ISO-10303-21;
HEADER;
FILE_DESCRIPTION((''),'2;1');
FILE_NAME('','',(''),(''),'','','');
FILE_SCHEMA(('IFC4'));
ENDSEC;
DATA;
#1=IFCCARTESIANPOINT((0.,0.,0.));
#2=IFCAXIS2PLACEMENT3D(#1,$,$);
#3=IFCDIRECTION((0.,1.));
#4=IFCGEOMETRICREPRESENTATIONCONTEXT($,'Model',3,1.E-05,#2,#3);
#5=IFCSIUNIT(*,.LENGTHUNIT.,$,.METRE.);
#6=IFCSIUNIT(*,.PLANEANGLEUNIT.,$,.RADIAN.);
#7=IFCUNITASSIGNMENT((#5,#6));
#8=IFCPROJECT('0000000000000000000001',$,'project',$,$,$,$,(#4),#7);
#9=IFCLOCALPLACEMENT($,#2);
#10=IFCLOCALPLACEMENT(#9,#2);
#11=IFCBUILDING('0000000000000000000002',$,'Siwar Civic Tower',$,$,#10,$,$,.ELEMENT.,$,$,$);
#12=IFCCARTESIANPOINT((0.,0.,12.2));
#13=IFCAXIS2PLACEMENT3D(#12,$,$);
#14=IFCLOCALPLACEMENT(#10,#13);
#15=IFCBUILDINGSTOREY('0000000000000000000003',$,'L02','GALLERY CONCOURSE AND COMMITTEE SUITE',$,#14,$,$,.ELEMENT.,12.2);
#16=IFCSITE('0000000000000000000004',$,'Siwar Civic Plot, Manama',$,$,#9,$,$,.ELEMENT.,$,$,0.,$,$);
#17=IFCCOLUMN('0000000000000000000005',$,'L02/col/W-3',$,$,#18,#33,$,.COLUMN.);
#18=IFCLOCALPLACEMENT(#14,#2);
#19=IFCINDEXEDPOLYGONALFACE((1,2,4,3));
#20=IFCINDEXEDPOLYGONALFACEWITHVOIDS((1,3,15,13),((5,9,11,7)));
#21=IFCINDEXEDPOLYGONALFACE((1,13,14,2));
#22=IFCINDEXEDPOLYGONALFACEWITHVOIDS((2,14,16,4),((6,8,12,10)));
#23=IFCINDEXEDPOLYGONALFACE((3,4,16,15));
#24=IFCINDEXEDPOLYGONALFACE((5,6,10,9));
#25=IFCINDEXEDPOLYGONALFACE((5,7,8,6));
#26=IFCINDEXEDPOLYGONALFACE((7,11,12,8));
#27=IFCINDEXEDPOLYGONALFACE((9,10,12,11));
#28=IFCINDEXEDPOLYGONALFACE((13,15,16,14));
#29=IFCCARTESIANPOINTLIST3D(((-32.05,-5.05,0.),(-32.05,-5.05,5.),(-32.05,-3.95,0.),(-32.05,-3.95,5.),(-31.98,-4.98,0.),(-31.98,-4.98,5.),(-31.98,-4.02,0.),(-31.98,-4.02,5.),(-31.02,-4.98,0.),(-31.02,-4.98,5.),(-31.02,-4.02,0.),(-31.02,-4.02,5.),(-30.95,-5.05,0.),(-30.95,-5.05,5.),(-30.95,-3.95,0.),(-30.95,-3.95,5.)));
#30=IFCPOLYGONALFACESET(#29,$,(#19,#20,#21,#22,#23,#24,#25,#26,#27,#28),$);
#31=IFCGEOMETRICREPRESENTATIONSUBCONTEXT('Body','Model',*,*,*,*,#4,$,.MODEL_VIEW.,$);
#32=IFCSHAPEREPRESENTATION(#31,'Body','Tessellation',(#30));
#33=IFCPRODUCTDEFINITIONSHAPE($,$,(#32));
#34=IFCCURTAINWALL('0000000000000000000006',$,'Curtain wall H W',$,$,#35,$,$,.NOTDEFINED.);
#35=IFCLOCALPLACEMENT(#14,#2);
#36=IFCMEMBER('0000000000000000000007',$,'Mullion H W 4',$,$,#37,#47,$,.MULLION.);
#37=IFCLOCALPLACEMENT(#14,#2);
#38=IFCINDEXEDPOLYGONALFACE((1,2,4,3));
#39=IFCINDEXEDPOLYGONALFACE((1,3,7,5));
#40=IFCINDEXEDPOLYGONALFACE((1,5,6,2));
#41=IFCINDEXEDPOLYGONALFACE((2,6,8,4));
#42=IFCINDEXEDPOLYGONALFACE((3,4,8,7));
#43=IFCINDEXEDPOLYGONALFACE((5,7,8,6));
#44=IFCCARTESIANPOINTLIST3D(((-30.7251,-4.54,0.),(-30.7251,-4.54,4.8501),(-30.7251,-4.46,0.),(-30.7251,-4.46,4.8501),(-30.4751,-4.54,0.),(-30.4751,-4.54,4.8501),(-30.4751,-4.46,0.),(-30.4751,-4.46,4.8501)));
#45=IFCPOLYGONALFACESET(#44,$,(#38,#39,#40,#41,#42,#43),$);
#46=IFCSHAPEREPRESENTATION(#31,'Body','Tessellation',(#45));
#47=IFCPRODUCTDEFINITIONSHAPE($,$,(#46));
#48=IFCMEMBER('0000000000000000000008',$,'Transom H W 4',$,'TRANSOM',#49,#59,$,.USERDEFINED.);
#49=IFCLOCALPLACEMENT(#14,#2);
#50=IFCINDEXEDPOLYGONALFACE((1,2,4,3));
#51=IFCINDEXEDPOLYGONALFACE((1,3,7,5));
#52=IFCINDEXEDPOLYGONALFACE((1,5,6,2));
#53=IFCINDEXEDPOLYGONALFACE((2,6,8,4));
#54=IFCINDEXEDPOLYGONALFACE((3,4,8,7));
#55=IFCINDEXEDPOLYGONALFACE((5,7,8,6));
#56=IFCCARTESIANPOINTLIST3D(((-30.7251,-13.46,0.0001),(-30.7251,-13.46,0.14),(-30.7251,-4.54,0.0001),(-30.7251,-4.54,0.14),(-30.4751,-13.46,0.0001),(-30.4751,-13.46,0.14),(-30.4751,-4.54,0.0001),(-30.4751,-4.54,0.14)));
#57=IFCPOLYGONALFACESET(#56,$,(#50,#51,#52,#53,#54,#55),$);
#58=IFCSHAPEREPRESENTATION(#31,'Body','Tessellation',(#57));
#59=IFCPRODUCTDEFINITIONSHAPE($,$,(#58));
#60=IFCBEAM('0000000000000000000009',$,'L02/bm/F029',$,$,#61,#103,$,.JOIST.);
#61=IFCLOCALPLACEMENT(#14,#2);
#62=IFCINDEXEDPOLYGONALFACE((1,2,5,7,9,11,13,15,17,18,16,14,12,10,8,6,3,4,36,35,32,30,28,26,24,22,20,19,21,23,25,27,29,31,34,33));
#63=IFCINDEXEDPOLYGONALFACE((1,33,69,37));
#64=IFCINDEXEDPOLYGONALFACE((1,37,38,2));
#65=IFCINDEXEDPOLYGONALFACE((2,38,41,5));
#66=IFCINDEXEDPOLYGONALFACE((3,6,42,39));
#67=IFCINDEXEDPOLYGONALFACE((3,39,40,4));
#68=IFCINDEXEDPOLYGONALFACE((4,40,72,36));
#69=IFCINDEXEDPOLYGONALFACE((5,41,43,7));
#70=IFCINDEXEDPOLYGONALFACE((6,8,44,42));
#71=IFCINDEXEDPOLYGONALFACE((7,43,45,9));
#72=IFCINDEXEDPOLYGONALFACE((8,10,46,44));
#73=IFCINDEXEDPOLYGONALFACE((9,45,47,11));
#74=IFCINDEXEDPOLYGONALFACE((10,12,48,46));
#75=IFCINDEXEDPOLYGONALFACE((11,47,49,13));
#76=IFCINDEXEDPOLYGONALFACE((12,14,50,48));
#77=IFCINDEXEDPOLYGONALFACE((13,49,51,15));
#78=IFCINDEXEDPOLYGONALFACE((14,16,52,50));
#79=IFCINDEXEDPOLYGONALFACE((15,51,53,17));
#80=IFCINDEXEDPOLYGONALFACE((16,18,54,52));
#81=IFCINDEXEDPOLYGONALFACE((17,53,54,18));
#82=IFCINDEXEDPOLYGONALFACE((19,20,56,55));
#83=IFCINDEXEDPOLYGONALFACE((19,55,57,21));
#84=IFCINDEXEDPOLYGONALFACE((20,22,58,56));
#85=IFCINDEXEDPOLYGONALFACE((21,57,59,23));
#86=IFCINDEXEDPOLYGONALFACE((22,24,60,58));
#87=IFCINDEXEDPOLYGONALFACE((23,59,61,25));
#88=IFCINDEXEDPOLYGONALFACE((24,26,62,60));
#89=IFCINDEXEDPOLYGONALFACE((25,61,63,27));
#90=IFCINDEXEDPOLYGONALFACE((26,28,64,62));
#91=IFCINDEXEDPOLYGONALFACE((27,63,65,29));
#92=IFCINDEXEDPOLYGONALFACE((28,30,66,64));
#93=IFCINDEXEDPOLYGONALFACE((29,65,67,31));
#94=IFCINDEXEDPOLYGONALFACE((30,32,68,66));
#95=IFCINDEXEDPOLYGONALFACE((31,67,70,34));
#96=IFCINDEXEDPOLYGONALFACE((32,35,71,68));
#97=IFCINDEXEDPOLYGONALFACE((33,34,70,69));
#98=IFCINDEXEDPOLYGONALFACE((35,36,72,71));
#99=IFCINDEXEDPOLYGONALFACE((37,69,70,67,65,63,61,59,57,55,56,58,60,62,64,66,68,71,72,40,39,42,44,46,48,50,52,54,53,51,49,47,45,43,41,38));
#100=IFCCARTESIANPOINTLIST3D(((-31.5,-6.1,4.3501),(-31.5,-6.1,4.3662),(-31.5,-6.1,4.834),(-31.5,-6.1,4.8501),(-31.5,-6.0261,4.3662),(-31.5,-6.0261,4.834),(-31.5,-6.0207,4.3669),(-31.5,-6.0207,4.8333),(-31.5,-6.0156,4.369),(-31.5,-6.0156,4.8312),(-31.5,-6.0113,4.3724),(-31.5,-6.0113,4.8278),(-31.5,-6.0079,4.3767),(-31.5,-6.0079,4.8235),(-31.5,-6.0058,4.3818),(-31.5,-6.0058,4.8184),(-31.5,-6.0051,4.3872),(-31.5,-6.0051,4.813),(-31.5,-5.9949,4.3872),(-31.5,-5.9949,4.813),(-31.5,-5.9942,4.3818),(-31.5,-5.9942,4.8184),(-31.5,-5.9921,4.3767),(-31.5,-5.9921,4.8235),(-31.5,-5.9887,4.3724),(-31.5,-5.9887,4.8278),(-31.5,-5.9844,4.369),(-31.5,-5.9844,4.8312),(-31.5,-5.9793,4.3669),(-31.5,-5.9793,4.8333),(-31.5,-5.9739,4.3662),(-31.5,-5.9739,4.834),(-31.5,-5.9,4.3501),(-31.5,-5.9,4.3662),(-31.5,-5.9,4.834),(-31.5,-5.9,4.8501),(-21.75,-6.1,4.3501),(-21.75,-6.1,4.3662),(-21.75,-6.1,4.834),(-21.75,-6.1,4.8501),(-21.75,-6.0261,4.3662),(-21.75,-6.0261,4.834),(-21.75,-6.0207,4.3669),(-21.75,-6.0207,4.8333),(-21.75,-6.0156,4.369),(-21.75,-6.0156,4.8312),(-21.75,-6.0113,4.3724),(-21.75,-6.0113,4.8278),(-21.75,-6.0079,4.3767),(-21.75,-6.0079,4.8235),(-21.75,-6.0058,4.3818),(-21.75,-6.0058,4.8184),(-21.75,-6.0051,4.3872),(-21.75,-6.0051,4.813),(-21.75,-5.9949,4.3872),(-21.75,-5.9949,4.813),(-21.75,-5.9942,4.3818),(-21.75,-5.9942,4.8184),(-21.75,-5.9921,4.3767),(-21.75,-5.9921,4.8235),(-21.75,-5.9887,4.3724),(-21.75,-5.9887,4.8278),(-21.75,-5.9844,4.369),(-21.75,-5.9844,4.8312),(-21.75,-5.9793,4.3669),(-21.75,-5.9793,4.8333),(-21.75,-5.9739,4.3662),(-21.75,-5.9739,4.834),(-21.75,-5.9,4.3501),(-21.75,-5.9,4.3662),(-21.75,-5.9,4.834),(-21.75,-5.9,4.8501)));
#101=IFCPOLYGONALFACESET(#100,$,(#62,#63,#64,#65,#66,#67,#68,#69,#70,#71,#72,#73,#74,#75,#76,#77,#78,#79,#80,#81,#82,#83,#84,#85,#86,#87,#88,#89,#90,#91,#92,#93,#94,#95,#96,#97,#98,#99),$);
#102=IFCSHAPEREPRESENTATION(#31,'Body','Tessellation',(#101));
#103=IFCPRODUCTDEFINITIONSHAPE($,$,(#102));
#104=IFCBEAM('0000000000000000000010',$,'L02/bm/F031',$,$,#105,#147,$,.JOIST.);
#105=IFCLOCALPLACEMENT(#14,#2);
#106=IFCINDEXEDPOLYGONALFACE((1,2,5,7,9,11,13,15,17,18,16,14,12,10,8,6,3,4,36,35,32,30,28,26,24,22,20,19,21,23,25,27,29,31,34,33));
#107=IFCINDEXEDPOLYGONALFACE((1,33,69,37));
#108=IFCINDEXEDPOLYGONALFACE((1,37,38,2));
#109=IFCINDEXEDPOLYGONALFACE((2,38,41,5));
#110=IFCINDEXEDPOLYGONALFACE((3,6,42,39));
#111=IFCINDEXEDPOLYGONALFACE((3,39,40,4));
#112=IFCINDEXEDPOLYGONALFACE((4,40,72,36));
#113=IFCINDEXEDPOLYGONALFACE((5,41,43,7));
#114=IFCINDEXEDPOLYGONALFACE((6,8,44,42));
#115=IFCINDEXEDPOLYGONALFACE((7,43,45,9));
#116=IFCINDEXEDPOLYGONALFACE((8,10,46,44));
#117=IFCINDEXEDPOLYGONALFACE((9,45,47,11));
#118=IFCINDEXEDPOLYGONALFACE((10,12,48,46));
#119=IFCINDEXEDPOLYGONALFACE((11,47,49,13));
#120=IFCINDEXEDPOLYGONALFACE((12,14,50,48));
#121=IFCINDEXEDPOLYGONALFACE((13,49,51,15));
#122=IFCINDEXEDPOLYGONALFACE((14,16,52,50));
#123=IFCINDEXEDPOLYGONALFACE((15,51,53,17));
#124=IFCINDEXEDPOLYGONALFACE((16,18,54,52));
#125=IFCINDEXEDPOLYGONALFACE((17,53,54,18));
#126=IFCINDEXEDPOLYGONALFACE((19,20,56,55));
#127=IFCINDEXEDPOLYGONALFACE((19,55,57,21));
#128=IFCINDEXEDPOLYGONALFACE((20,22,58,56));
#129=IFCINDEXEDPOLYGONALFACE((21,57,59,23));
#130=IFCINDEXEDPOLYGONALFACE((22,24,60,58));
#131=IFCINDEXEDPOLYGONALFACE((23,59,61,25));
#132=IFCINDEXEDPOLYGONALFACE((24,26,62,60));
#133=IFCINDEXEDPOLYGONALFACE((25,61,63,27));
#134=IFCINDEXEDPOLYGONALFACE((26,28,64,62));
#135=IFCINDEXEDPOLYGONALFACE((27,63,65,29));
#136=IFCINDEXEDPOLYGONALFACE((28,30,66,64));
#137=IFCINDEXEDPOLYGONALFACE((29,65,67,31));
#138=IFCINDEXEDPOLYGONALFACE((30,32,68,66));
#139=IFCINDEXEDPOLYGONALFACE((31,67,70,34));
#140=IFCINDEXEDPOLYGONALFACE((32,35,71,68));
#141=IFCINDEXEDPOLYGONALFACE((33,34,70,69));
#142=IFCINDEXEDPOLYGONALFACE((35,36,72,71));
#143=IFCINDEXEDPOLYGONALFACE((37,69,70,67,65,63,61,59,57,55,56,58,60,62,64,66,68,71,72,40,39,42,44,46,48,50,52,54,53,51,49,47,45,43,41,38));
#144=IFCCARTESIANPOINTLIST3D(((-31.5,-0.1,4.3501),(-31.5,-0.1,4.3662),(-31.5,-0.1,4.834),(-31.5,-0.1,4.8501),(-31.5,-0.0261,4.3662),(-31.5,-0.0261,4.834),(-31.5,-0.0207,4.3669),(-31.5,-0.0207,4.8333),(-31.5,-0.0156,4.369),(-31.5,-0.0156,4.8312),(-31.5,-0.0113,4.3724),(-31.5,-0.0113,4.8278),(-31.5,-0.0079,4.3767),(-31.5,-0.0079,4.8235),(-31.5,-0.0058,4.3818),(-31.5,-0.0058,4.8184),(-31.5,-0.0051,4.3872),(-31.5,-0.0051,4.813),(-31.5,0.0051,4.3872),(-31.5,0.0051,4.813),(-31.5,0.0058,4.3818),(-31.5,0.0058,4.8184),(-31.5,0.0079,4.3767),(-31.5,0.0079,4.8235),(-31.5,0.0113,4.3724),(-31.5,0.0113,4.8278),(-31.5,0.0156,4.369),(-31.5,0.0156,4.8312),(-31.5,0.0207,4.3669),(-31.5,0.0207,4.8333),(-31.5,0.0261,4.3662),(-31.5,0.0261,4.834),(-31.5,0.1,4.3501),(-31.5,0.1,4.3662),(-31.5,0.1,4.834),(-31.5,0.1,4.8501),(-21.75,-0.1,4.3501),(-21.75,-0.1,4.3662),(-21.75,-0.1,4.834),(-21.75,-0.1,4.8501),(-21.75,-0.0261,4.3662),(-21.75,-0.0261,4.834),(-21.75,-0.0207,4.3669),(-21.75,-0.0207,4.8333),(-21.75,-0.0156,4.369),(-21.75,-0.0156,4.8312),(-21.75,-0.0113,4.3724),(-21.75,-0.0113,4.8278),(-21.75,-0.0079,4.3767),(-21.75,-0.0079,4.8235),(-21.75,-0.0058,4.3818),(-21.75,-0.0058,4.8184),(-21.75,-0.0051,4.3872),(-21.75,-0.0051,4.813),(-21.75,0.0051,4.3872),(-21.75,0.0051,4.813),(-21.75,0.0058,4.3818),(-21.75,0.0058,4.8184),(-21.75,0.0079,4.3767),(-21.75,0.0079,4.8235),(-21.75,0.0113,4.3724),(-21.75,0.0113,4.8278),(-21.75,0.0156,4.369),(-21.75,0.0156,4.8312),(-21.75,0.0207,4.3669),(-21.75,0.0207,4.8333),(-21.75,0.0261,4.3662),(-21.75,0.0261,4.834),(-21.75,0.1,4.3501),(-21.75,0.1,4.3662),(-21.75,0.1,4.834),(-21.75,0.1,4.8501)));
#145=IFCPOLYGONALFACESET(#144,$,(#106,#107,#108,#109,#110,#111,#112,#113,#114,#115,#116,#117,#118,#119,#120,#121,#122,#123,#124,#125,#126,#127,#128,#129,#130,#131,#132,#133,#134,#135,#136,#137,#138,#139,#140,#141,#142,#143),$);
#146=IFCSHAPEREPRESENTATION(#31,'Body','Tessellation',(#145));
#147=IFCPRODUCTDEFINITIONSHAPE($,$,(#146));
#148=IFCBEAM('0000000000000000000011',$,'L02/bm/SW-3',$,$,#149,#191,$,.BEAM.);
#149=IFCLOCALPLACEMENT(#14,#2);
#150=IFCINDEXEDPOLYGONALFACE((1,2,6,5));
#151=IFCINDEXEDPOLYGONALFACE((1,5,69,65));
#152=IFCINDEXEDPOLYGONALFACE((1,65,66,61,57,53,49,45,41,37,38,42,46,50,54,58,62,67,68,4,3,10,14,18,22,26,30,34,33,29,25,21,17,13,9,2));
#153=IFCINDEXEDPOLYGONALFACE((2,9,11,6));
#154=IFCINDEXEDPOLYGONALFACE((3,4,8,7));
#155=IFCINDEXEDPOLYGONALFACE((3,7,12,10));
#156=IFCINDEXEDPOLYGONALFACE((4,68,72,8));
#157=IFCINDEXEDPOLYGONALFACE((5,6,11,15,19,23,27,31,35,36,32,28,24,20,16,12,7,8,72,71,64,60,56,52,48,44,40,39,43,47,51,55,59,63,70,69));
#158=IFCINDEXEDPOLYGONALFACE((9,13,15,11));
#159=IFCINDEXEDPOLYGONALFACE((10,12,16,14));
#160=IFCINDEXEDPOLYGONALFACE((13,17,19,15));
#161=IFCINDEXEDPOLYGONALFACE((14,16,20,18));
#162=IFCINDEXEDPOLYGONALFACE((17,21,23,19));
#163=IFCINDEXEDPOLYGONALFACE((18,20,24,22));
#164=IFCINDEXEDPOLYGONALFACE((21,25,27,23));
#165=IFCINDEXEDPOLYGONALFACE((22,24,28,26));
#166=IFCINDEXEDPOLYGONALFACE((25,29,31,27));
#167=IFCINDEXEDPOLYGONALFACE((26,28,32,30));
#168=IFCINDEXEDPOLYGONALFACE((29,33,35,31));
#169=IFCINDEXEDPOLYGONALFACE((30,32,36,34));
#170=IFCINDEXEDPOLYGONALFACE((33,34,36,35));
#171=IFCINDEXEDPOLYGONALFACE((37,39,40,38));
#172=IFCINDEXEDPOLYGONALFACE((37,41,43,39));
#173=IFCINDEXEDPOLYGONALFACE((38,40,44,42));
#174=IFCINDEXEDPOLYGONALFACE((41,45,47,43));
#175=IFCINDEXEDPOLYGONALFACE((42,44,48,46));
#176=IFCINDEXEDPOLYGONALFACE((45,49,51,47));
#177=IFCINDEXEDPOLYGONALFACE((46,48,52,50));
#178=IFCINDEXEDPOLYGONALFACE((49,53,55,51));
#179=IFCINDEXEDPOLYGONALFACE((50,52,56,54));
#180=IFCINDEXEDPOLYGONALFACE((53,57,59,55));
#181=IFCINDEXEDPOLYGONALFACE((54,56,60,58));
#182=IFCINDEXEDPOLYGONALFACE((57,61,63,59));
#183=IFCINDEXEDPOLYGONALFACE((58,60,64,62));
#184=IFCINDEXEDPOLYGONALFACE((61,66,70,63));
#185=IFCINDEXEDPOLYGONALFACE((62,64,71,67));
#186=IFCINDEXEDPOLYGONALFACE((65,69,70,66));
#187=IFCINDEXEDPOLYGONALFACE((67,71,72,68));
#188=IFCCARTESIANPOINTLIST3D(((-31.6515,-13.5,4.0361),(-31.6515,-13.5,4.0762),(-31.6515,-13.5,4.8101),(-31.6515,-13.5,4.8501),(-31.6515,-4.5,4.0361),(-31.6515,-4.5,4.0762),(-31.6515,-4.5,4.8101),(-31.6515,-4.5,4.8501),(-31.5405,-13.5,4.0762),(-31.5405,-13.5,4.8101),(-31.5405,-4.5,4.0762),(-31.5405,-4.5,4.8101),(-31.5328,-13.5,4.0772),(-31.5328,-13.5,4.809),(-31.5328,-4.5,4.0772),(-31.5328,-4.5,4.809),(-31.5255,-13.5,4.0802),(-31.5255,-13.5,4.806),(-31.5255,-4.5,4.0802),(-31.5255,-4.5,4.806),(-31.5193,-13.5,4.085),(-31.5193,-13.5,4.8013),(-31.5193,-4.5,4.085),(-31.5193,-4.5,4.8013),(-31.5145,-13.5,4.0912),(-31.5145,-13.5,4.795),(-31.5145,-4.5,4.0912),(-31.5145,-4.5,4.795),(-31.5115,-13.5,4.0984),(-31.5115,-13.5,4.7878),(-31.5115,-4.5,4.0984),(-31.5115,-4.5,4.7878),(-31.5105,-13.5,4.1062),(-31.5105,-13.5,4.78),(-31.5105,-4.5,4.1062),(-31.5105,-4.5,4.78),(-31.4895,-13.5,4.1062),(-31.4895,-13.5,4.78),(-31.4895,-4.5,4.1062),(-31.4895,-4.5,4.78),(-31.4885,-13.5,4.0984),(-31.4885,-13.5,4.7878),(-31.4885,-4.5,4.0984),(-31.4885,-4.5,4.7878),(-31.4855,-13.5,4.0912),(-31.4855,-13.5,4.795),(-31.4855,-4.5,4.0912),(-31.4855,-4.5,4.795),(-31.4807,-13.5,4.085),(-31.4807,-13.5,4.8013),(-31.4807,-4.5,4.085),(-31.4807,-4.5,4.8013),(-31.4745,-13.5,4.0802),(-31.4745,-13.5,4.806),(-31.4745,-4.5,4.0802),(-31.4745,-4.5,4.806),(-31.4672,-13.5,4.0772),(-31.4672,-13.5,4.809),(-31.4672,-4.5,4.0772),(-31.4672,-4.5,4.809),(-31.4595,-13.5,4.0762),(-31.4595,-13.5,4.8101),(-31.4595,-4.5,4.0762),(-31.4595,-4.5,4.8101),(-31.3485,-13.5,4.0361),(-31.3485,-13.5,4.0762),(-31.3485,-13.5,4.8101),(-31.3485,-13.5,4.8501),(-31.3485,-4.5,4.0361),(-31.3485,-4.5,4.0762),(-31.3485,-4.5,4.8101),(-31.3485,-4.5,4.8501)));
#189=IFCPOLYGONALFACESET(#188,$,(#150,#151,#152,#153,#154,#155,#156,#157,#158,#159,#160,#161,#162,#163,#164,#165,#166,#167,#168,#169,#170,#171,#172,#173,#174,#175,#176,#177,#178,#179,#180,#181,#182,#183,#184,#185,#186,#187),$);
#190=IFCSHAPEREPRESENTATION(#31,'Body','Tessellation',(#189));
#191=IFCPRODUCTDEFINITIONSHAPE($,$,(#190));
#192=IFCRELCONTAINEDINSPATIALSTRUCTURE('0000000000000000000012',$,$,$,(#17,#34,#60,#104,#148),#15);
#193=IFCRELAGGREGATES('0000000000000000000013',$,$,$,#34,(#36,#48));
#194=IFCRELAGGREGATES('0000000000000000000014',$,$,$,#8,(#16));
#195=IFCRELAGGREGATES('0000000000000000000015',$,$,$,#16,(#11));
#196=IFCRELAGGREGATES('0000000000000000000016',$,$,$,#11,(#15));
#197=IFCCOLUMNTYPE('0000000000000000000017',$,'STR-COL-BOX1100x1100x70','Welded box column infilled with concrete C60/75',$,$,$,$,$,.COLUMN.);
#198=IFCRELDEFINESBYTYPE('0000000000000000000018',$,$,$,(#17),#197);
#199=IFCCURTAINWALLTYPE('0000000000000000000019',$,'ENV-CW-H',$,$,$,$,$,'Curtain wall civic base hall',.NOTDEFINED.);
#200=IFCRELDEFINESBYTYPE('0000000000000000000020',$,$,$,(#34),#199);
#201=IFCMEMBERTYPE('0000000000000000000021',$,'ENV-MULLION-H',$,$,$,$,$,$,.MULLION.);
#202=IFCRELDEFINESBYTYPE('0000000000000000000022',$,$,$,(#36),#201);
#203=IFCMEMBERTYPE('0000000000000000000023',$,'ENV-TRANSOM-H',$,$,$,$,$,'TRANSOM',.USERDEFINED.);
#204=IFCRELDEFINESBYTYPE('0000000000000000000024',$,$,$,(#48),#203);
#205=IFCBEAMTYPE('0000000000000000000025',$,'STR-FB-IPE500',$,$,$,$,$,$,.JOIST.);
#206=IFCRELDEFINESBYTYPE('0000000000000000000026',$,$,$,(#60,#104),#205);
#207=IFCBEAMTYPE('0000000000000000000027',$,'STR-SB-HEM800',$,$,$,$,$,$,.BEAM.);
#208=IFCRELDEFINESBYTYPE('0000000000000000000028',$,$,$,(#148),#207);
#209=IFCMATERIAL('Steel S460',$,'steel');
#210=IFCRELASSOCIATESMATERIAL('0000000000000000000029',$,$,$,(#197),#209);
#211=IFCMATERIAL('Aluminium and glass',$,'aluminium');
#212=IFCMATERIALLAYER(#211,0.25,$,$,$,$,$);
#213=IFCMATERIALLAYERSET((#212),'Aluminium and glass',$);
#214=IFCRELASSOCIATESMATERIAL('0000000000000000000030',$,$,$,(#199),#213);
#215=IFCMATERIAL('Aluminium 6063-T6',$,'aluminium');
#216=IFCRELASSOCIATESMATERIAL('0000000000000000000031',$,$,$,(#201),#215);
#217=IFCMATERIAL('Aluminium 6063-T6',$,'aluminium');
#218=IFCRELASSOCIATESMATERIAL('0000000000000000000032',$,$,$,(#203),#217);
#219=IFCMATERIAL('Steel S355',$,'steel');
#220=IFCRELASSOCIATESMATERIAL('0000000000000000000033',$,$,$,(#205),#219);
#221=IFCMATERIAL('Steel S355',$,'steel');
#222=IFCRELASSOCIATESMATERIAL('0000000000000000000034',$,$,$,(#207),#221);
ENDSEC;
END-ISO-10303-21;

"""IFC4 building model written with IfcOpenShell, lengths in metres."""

from ifc_helpers import new_model, si_unit, direction, frame, origin, origin_2d, place, context, subcontext, project, spatial, rectangle, hollow_rectangle, i_section, extrude, material, layer, layer_set, material_profile, profile_set, type_object, element, aggregate, save


model = new_model("IFC4")

# Units and contexts
model_context = context("Model", 3, precision=1e-05, world=origin(), true_north=direction((0.0, 1.0)))
body_context = subcontext(model_context, "Body", "Model", "MODEL_VIEW")
ifc_project = project(units=[si_unit("LENGTHUNIT", "METRE"), si_unit("PLANEANGLEUNIT", "RADIAN")], contexts=[model_context])

# Site, building, storey
site_placement = place(None, origin())
site = spatial("IfcSite", under=ifc_project, at=site_placement, Name="Siwar Civic Plot, Manama", CompositionType="ELEMENT", RefElevation=0.0)
building_placement = place(site_placement, origin())
building = spatial("IfcBuilding", under=site, at=building_placement, Name="Siwar Civic Tower", CompositionType="ELEMENT")
storey_placement = place(building_placement, frame((0.0, 0.0, 12.2)))
storey = spatial("IfcBuildingStorey", under=building, at=storey_placement, Name="L02", Description="GALLERY CONCOURSE AND COMMITTEE SUITE", CompositionType="ELEMENT", Elevation=12.2)

# Column
ifc_material_1 = material(Name="Steel S460", Category="steel")
ifc_material_profile_1 = material_profile(ifc_material_1, hollow_rectangle(XDim=1.1001, YDim=1.1001, WallThickness=0.0701, at=origin_2d()), Name="BOX1100x1100x70")
ifc_profile_set_1 = profile_set([ifc_material_profile_1], Name="Steel S460")
column_type = type_object("IfcColumnType", Name="STR-COL-BOX1100x1100x70", Description="Welded box column infilled with concrete C60/75", PredefinedType="COLUMN", material=ifc_profile_set_1)
column_placement = place(storey_placement, frame((-31.5, -4.5, 0.0), z_axis=(0.0, 0.0, 1.0), x_axis=(1.0, 0.0, 0.0)))
element("IfcColumn", 1, at=column_placement, inside=storey, type_object=column_type, Name="L02/col/W-3", PredefinedType="COLUMN", context=body_context, shape_type="SweptSolid", body=[
    extrude(hollow_rectangle(XDim=1.1001, YDim=1.1001, WallThickness=0.0701, at=origin_2d()), origin(), (0.0, 0.0, 1.0), 5.0),
])

# Curtain wall, members
ifc_material_2 = material(Name="Aluminium and glass", Category="aluminium")
ifc_layer_1 = layer(ifc_material_2, 0.25)
ifc_layer_set_1 = layer_set([ifc_layer_1], Name="Aluminium and glass")
curtain_wall_type = type_object("IfcCurtainWallType", Name="ENV-CW-H", ElementType="Curtain wall civic base hall", PredefinedType="NOTDEFINED", material=ifc_layer_set_1)
curtain_wall_placement = place(storey_placement, origin())
curtain_wall = element("IfcCurtainWall", 2, at=curtain_wall_placement, inside=storey, type_object=curtain_wall_type, Name="Curtain wall H W", PredefinedType="NOTDEFINED")
ifc_material_3 = material(Name="Aluminium 6063-T6", Category="aluminium")
ifc_material_profile_2 = material_profile(ifc_material_3, rectangle(XDim=0.25, YDim=0.0801, at=origin_2d()), Name="AL 250x80")
ifc_profile_set_2 = profile_set([ifc_material_profile_2], Name="Aluminium 6063-T6")
member_type_1 = type_object("IfcMemberType", Name="ENV-MULLION-H", PredefinedType="MULLION", material=ifc_profile_set_2)
member_1_placement = place(storey_placement, frame((-30.6001, -4.5, 0.0), z_axis=(0.0, 0.0, 1.0), x_axis=(1.0, 0.0, 0.0)))
member_1 = element("IfcMember", 3, at=member_1_placement, type_object=member_type_1, Name="Mullion H W 4", PredefinedType="MULLION", context=body_context, shape_type="SweptSolid", body=[
    extrude(rectangle(XDim=0.25, YDim=0.0801, at=origin_2d()), origin(), (0.0, 0.0, 1.0), 4.8501),
])
ifc_material_4 = material(Name="Aluminium 6063-T6", Category="aluminium")
ifc_material_profile_3 = material_profile(ifc_material_4, rectangle(XDim=0.25, YDim=0.1399, at=origin_2d()), Name="AL 250x140")
ifc_profile_set_3 = profile_set([ifc_material_profile_3], Name="Aluminium 6063-T6")
member_type_2 = type_object("IfcMemberType", Name="ENV-TRANSOM-H", ElementType="TRANSOM", PredefinedType="USERDEFINED", material=ifc_profile_set_3)
member_2_placement = place(storey_placement, frame((-30.6001, -4.54, 0.0701), z_axis=(0.0, -1.0, 0.0), x_axis=(1.0, 0.0, 0.0)))
member_2 = element("IfcMember", 4, at=member_2_placement, type_object=member_type_2, Name="Transom H W 4", ObjectType="TRANSOM", PredefinedType="USERDEFINED", context=body_context, shape_type="SweptSolid", body=[
    extrude(rectangle(XDim=0.25, YDim=0.1399, at=origin_2d()), origin(), (0.0, 0.0, 1.0), 8.9199),
])

# Beams
ifc_material_5 = material(Name="Steel S355", Category="steel")
ifc_material_profile_4 = material_profile(ifc_material_5, i_section(OverallWidth=0.2, OverallDepth=0.5, WebThickness=0.0103, FlangeThickness=0.0161, FilletRadius=0.021, at=origin_2d()), Name="IPE500")
ifc_profile_set_4 = profile_set([ifc_material_profile_4], Name="Steel S355")
beam_type_1 = type_object("IfcBeamType", Name="STR-FB-IPE500", PredefinedType="JOIST", material=ifc_profile_set_4)
for number, where, z_axis, x_axis, name in (
    (5, (-31.5, -6.0, 4.6001), (1.0, 0.0, 0.0), (0.0, 1.0, 0.0), "L02/bm/F029"),
    (6, (-31.5, 0.0, 4.6001), (1.0, 0.0, 0.0), (0.0, 1.0, 0.0), "L02/bm/F031"),
):
    element("IfcBeam", number, at=place(storey_placement, frame(where, z_axis=z_axis, x_axis=x_axis)), inside=storey, type_object=beam_type_1, Name=name, PredefinedType="JOIST", context=body_context, shape_type="SweptSolid", body=[
        extrude(i_section(OverallWidth=0.2, OverallDepth=0.5, WebThickness=0.0103, FlangeThickness=0.0161, FilletRadius=0.021, at=origin_2d()), origin(), (0.0, 0.0, 1.0), 9.75),
    ])
ifc_material_6 = material(Name="Steel S355", Category="steel")
ifc_material_profile_5 = material_profile(ifc_material_6, i_section(OverallWidth=0.303, OverallDepth=0.814, WebThickness=0.021, FlangeThickness=0.04, FilletRadius=0.03, at=origin_2d()), Name="HEM800")
ifc_profile_set_5 = profile_set([ifc_material_profile_5], Name="Steel S355")
beam_type_2 = type_object("IfcBeamType", Name="STR-SB-HEM800", PredefinedType="BEAM", material=ifc_profile_set_5)
beam_placement = place(storey_placement, frame((-31.5, -4.5, 4.4431), z_axis=(0.0, -1.0, 0.0), x_axis=(1.0, 0.0, 0.0)))
element("IfcBeam", 7, at=beam_placement, inside=storey, type_object=beam_type_2, Name="L02/bm/SW-3", PredefinedType="BEAM", context=body_context, shape_type="SweptSolid", body=[
    extrude(i_section(OverallWidth=0.303, OverallDepth=0.814, WebThickness=0.021, FlangeThickness=0.04, FilletRadius=0.03, at=origin_2d()), origin(), (0.0, 0.0, 1.0), 9.0),
])

aggregate(curtain_wall, [member_1, member_2])

save(model, "model.ifc")
